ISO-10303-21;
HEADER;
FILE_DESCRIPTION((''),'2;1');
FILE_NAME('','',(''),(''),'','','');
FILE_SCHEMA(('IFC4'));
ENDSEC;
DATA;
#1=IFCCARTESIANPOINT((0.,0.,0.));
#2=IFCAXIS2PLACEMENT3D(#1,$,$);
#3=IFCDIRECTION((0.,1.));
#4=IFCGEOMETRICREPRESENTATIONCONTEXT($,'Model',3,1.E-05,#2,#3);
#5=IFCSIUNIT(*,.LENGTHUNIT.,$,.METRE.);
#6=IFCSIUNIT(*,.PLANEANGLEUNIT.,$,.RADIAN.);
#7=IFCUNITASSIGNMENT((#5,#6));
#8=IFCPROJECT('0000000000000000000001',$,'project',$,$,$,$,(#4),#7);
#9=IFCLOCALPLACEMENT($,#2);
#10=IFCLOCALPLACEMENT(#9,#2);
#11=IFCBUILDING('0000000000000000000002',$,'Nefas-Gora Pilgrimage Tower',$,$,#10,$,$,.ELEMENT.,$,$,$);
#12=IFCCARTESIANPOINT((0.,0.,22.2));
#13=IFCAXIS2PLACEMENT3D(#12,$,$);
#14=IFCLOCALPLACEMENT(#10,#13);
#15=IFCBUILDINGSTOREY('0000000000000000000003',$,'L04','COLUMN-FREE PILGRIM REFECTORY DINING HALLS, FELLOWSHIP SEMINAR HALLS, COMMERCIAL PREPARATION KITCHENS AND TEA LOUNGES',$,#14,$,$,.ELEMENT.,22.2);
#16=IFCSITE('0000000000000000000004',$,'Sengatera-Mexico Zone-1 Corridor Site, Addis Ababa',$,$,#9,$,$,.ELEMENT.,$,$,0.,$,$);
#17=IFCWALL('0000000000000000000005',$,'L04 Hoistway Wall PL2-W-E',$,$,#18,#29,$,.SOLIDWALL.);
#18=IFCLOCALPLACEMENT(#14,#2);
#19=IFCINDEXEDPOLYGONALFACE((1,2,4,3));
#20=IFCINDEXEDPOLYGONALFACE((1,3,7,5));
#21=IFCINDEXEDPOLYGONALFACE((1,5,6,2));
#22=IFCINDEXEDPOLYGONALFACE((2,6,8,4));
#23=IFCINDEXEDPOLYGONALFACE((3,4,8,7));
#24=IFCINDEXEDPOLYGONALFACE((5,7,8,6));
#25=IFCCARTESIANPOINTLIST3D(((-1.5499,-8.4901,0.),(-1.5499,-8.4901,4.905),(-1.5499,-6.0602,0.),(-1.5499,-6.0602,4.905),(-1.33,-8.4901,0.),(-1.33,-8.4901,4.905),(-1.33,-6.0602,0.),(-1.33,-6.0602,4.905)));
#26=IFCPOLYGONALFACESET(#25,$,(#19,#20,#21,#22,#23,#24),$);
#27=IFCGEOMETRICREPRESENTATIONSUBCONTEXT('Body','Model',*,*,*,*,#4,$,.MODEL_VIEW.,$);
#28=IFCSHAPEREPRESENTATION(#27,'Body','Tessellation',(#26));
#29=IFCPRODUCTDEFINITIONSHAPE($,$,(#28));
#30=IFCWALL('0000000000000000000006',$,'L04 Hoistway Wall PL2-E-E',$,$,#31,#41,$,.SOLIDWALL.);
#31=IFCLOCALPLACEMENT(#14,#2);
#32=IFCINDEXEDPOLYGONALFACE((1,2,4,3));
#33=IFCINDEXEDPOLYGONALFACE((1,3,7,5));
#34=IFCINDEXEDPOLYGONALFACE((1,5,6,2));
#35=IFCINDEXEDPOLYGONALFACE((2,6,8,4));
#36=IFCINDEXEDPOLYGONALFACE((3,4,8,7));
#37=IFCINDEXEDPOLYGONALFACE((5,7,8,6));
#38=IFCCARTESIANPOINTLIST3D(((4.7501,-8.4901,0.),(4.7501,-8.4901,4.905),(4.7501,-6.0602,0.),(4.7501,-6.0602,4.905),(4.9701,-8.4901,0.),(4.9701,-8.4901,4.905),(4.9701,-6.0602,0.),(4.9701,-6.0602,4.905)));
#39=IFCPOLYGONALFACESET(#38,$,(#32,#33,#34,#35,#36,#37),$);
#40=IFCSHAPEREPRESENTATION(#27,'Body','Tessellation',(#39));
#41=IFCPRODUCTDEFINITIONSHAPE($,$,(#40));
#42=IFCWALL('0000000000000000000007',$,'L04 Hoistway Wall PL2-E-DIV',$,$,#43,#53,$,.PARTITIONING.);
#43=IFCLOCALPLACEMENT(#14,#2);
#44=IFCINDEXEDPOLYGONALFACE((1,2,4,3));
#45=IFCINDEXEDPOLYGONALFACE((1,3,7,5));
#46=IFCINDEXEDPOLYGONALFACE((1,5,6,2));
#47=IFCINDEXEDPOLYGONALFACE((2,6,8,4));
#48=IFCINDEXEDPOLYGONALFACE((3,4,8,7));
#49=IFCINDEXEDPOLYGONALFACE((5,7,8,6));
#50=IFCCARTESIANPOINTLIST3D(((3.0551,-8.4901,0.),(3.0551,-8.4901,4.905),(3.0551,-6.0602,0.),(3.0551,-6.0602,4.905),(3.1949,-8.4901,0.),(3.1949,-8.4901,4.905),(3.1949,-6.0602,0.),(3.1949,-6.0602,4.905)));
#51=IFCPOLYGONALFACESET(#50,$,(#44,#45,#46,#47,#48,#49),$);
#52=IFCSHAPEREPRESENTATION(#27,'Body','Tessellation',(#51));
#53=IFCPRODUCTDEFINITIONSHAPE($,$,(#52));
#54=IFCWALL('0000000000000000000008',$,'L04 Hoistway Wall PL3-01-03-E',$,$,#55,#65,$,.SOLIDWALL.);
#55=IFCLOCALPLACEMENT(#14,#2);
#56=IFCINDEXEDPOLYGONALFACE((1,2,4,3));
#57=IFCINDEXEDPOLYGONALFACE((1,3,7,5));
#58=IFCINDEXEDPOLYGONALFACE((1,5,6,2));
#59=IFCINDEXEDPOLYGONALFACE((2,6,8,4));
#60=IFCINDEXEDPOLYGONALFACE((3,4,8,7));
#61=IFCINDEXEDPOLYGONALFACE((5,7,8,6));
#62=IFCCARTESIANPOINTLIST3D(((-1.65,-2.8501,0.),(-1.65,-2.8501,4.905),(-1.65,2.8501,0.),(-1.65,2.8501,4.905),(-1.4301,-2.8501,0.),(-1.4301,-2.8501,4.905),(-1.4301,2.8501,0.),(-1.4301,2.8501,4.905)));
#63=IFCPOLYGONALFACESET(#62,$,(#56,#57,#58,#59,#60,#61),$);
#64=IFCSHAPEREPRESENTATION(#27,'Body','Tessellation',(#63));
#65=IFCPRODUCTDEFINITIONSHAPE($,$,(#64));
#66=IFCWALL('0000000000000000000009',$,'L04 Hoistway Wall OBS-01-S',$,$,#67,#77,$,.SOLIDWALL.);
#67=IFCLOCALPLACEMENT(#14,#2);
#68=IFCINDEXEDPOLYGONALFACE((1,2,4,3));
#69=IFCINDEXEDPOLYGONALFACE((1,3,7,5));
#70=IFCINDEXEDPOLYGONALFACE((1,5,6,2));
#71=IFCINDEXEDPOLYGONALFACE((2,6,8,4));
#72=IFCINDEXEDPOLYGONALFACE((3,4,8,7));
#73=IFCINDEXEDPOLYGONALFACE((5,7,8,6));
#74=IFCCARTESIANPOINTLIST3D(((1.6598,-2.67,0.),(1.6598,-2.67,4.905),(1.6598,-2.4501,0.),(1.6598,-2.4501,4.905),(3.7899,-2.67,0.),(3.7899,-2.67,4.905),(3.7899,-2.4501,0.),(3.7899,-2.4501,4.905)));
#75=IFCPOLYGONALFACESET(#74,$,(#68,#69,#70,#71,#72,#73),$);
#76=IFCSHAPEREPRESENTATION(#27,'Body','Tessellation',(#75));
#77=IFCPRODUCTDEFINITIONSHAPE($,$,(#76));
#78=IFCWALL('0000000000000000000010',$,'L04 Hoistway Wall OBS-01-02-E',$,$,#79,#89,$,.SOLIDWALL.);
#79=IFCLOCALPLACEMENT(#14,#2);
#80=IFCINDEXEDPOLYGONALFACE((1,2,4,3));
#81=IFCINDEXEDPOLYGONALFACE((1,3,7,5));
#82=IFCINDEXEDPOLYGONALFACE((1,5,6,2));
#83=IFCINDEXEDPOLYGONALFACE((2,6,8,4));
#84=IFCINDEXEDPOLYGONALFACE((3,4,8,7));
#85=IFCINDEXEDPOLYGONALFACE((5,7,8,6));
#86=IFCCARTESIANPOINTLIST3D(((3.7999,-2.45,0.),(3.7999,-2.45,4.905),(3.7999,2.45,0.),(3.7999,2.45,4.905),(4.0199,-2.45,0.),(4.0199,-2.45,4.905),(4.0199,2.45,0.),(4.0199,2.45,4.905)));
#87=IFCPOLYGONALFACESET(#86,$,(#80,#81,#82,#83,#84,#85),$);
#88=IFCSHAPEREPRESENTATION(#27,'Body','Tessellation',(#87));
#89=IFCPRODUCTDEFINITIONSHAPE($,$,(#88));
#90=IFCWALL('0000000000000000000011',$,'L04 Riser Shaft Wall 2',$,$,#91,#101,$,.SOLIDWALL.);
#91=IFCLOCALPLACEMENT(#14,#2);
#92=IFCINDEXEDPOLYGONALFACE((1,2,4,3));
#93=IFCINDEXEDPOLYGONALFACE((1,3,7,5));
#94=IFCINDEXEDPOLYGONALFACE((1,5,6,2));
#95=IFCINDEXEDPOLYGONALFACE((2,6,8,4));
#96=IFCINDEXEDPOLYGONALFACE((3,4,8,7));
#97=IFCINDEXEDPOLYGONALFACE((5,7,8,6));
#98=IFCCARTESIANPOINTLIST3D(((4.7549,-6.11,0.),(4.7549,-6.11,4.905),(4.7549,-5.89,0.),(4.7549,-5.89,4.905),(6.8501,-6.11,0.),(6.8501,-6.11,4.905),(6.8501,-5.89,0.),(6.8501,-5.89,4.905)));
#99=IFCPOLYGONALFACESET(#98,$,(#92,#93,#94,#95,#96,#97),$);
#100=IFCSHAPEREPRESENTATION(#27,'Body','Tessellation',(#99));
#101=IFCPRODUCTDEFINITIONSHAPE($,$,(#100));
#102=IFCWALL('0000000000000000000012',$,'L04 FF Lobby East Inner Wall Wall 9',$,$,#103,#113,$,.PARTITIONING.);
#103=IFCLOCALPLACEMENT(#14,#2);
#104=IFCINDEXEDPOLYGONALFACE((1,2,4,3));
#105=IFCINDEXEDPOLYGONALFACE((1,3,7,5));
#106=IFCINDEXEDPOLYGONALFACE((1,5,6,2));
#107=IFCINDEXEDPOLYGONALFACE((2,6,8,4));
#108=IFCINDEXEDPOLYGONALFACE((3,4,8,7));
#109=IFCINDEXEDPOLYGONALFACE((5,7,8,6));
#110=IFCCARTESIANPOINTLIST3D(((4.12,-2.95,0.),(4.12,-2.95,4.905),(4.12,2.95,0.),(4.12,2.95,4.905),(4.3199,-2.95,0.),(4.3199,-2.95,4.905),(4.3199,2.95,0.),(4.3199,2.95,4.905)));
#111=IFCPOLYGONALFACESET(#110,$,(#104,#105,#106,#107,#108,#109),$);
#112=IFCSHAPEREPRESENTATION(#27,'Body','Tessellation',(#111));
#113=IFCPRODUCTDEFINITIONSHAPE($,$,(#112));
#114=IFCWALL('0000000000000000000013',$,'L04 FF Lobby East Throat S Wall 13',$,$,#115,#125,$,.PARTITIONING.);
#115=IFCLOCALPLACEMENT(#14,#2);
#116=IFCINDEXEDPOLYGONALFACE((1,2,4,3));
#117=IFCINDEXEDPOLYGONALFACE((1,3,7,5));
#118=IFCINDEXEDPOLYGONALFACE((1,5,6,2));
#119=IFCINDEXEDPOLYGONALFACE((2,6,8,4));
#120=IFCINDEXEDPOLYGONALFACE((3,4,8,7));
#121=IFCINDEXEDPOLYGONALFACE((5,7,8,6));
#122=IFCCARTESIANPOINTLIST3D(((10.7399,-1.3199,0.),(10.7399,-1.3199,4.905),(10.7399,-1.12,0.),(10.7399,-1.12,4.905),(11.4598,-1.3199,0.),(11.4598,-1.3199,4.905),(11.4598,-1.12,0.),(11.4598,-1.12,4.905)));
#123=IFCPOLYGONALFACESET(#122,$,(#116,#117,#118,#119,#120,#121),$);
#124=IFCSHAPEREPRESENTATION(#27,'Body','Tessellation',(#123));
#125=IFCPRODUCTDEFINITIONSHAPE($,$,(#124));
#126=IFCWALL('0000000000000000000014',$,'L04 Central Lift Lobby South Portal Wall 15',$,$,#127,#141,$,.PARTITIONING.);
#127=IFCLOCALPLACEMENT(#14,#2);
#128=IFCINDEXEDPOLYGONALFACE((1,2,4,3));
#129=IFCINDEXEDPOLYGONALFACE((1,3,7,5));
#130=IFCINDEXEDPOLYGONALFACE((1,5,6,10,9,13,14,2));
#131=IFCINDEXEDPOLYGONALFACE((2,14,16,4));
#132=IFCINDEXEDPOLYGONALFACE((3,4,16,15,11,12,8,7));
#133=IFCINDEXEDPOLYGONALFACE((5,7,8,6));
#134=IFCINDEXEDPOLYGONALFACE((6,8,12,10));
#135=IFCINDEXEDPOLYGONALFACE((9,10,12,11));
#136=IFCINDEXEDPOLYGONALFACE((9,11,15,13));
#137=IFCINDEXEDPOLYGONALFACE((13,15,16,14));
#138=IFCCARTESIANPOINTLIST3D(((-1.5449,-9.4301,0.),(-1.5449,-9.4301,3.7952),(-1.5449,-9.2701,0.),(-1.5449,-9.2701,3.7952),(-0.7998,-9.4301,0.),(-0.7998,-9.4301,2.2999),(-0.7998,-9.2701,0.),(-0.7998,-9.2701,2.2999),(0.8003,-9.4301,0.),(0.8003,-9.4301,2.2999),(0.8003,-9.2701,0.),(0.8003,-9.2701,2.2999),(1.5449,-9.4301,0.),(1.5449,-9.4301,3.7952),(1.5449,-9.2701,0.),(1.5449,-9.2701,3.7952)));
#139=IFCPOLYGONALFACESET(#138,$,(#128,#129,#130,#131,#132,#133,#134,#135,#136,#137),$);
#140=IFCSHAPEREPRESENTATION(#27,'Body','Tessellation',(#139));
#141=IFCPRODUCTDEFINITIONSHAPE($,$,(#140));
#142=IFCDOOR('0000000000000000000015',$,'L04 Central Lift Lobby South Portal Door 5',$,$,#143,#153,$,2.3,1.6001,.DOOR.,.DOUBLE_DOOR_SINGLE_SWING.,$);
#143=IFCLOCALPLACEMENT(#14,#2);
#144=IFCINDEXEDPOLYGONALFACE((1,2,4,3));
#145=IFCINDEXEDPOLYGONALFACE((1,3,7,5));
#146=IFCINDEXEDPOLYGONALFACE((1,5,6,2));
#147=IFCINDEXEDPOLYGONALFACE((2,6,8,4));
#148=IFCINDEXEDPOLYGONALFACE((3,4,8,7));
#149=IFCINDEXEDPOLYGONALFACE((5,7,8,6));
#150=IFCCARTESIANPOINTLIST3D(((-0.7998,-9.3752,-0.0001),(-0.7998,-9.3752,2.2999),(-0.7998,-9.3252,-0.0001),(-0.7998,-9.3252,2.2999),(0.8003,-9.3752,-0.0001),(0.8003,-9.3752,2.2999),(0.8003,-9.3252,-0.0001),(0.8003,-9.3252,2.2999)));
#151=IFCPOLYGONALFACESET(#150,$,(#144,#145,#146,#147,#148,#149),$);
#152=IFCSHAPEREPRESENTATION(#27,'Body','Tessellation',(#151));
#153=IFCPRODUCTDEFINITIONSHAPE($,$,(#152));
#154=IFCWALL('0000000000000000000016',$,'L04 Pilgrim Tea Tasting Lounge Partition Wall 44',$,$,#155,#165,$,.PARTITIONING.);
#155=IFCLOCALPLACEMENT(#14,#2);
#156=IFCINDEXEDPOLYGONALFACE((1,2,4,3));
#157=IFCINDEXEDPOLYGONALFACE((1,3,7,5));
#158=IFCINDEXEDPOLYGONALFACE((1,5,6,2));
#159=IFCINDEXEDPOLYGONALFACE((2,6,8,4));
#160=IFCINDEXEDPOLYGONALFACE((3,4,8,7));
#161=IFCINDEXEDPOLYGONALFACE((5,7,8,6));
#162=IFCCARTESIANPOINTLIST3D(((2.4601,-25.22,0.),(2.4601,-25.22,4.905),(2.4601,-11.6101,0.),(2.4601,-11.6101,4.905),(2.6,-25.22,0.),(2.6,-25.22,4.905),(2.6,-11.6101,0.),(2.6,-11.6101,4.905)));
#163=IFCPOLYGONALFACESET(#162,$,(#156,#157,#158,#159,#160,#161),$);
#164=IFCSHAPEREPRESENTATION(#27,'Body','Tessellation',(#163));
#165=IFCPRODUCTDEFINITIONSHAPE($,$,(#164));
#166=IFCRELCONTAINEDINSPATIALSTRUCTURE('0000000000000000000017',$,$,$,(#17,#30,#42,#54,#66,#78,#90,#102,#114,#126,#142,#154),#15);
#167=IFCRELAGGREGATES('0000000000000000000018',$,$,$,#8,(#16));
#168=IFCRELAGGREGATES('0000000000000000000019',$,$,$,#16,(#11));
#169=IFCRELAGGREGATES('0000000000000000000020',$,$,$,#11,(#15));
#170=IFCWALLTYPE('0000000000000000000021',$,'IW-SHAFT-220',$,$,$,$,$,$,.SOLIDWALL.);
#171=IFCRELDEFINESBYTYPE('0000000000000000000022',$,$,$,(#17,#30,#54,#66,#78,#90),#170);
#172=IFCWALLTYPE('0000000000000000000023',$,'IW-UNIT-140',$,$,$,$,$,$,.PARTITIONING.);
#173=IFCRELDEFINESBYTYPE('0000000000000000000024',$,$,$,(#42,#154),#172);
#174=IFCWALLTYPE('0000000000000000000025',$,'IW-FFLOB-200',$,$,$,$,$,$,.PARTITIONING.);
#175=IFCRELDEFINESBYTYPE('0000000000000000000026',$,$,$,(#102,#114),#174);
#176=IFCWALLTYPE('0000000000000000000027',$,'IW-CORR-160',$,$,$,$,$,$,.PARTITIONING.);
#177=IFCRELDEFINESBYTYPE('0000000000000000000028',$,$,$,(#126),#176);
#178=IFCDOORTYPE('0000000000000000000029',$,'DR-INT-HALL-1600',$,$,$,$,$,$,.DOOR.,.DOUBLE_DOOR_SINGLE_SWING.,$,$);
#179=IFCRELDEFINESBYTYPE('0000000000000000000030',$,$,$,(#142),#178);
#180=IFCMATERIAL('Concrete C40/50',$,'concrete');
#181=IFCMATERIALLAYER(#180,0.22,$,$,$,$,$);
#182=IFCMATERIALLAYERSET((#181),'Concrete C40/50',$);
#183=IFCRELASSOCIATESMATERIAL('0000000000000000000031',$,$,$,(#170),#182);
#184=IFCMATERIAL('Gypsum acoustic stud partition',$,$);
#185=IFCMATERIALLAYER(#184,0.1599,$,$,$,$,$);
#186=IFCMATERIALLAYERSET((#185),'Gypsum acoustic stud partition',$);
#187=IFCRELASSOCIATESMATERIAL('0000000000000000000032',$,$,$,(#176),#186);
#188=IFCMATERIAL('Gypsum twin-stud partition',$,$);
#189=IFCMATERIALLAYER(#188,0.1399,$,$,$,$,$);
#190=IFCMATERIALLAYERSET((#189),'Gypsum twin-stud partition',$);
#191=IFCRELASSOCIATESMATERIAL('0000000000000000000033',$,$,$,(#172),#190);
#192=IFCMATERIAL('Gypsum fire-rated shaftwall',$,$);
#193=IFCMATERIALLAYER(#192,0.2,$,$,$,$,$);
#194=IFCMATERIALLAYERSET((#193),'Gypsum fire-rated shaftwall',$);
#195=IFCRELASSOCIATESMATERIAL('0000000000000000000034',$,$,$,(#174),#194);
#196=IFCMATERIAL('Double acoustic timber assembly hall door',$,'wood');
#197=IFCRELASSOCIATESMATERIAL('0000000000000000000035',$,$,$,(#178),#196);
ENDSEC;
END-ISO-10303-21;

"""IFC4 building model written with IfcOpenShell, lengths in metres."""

from ifc_helpers import new_model, si_unit, direction, frame, frame_2d, origin, place, context, subcontext, project, spatial, rectangle, extrude, source, transform, mapped, material, layer, layer_set, type_object, element, fill, save


model = new_model("IFC4")

# Units and contexts
model_context = context("Model", 3, precision=1e-05, world=origin(), true_north=direction((0.0, 1.0)))
body_context = subcontext(model_context, "Body", "Model", "MODEL_VIEW")
ifc_project = project(units=[si_unit("LENGTHUNIT", "METRE"), si_unit("PLANEANGLEUNIT", "RADIAN")], contexts=[model_context])

# Site, building, storey
site_placement = place(None, origin())
site = spatial("IfcSite", under=ifc_project, at=site_placement, Name="Sengatera-Mexico Zone-1 Corridor Site, Addis Ababa", CompositionType="ELEMENT", RefElevation=0.0)
building_placement = place(site_placement, origin())
building = spatial("IfcBuilding", under=site, at=building_placement, Name="Nefas-Gora Pilgrimage Tower", CompositionType="ELEMENT")
storey_placement = place(building_placement, frame((0.0, 0.0, 22.2)))
storey = spatial("IfcBuildingStorey", under=building, at=storey_placement, Name="L04", Description="COLUMN-FREE PILGRIM REFECTORY DINING HALLS, FELLOWSHIP SEMINAR HALLS, COMMERCIAL PREPARATION KITCHENS AND TEA LOUNGES", CompositionType="ELEMENT", Elevation=22.2)

# Shared definitions
ifc_material_1 = material(Name="Concrete C40/50", Category="concrete")
ifc_layer_1 = layer(ifc_material_1, 0.22)
ifc_layer_set_1 = layer_set([ifc_layer_1], Name="Concrete C40/50")
wall_type_1 = type_object("IfcWallType", Name="IW-SHAFT-220", PredefinedType="SOLIDWALL", material=ifc_layer_set_1)

# Walls
ifc_material_2 = material(Name="Gypsum acoustic stud partition")
ifc_layer_2 = layer(ifc_material_2, 0.1599)
ifc_layer_set_2 = layer_set([ifc_layer_2], Name="Gypsum acoustic stud partition")
wall_type_2 = type_object("IfcWallType", Name="IW-CORR-160", PredefinedType="PARTITIONING", material=ifc_layer_set_2)
shared_shape_1 = source(origin(), body_context, "Body", "SweptSolid", [
    extrude(rectangle(XDim=2.4299, YDim=0.22, at=frame_2d((1.2148, 0.0))), origin(), (0.0, 0.0, 1.0), 4.905),
])
for number, where, z_axis, x_axis, name in (
    (1, (-1.4399, -8.49, 0.0), (0.0, 0.0, 1.0), (0.0, 1.0, 0.0), "L04 Hoistway Wall PL2-W-E"),
    (2, (4.8601, -8.49, 0.0), (0.0, 0.0, 1.0), (0.0, 1.0, 0.0), "L04 Hoistway Wall PL2-E-E"),
):
    element("IfcWall", number, at=place(storey_placement, frame(where, z_axis=z_axis, x_axis=x_axis)), inside=storey, type_object=wall_type_1, Name=name, PredefinedType="SOLIDWALL", context=body_context, shape_type="MappedRepresentation", body=[
        mapped(shared_shape_1, transform((0.0, 0.0, 0.0), x_axis=(1.0, 0.0, 0.0), y_axis=(0.0, 1.0, 0.0), z_axis=(0.0, 0.0, 1.0), scale=1.0)),
    ])
ifc_material_3 = material(Name="Gypsum twin-stud partition")
ifc_layer_3 = layer(ifc_material_3, 0.1399)
ifc_layer_set_3 = layer_set([ifc_layer_3], Name="Gypsum twin-stud partition")
wall_type_3 = type_object("IfcWallType", Name="IW-UNIT-140", PredefinedType="PARTITIONING", material=ifc_layer_set_3)
shared_shape_2 = source(origin(), body_context, "Body", "SweptSolid", [
    extrude(rectangle(XDim=2.4299, YDim=0.1399, at=frame_2d((1.2148, 0.0))), origin(), (0.0, 0.0, 1.0), 4.905),
])
wall_1_placement = place(storey_placement, frame((3.125, -8.49, 0.0), z_axis=(0.0, 0.0, 1.0), x_axis=(0.0, 1.0, 0.0)))
element("IfcWall", 3, at=wall_1_placement, inside=storey, type_object=wall_type_3, Name="L04 Hoistway Wall PL2-E-DIV", PredefinedType="PARTITIONING", context=body_context, shape_type="MappedRepresentation", body=[
    mapped(shared_shape_2, transform((0.0, 0.0, 0.0), x_axis=(1.0, 0.0, 0.0), y_axis=(0.0, 1.0, 0.0), z_axis=(0.0, 0.0, 1.0), scale=1.0)),
])
shared_shape_3 = source(origin(), body_context, "Body", "SweptSolid", [
    extrude(rectangle(XDim=5.7002, YDim=0.22, at=frame_2d((2.8501, 0.0))), origin(), (0.0, 0.0, 1.0), 4.905),
])
wall_2_placement = place(storey_placement, frame((-1.54, -2.8501, 0.0), z_axis=(0.0, 0.0, 1.0), x_axis=(0.0, 1.0, 0.0)))
element("IfcWall", 4, at=wall_2_placement, inside=storey, type_object=wall_type_1, Name="L04 Hoistway Wall PL3-01-03-E", PredefinedType="SOLIDWALL", context=body_context, shape_type="MappedRepresentation", body=[
    mapped(shared_shape_3, transform((0.0, 0.0, 0.0), x_axis=(1.0, 0.0, 0.0), y_axis=(0.0, 1.0, 0.0), z_axis=(0.0, 0.0, 1.0), scale=1.0)),
])
shared_shape_4 = source(origin(), body_context, "Body", "SweptSolid", [
    extrude(rectangle(XDim=2.1301, YDim=0.22, at=frame_2d((1.0649, 0.0))), origin(), (0.0, 0.0, 1.0), 4.905),
])
wall_3_placement = place(storey_placement, frame((1.6599, -2.5601, 0.0), z_axis=(0.0, 0.0, 1.0), x_axis=(1.0, 0.0, 0.0)))
element("IfcWall", 5, at=wall_3_placement, inside=storey, type_object=wall_type_1, Name="L04 Hoistway Wall OBS-01-S", PredefinedType="SOLIDWALL", context=body_context, shape_type="MappedRepresentation", body=[
    mapped(shared_shape_4, transform((0.0, 0.0, 0.0), x_axis=(1.0, 0.0, 0.0), y_axis=(0.0, 1.0, 0.0), z_axis=(0.0, 0.0, 1.0), scale=1.0)),
])
shared_shape_5 = source(origin(), body_context, "Body", "SweptSolid", [
    extrude(rectangle(XDim=4.8999, YDim=0.22, at=frame_2d((2.45, 0.0))), origin(), (0.0, 0.0, 1.0), 4.905),
])
wall_4_placement = place(storey_placement, frame((3.9099, -2.45, 0.0), z_axis=(0.0, 0.0, 1.0), x_axis=(0.0, 1.0, 0.0)))
element("IfcWall", 6, at=wall_4_placement, inside=storey, type_object=wall_type_1, Name="L04 Hoistway Wall OBS-01-02-E", PredefinedType="SOLIDWALL", context=body_context, shape_type="MappedRepresentation", body=[
    mapped(shared_shape_5, transform((0.0, 0.0, 0.0), x_axis=(1.0, 0.0, 0.0), y_axis=(0.0, 1.0, 0.0), z_axis=(0.0, 0.0, 1.0), scale=1.0)),
])
shared_shape_6 = source(origin(), body_context, "Body", "SweptSolid", [
    extrude(rectangle(XDim=2.0952, YDim=0.22, at=frame_2d((1.0476, 0.0))), origin(), (0.0, 0.0, 1.0), 4.905),
])
wall_5_placement = place(storey_placement, frame((4.7549, -6.0, 0.0), z_axis=(0.0, 0.0, 1.0), x_axis=(1.0, 0.0, 0.0)))
element("IfcWall", 7, at=wall_5_placement, inside=storey, type_object=wall_type_1, Name="L04 Riser Shaft Wall 2", PredefinedType="SOLIDWALL", context=body_context, shape_type="MappedRepresentation", body=[
    mapped(shared_shape_6, transform((0.0, 0.0, 0.0), x_axis=(1.0, 0.0, 0.0), y_axis=(0.0, 1.0, 0.0), z_axis=(0.0, 0.0, 1.0), scale=1.0)),
])
ifc_material_4 = material(Name="Gypsum fire-rated shaftwall")
ifc_layer_4 = layer(ifc_material_4, 0.2)
ifc_layer_set_4 = layer_set([ifc_layer_4], Name="Gypsum fire-rated shaftwall")
wall_type_4 = type_object("IfcWallType", Name="IW-FFLOB-200", PredefinedType="PARTITIONING", material=ifc_layer_set_4)
shared_shape_7 = source(origin(), body_context, "Body", "SweptSolid", [
    extrude(rectangle(XDim=5.8999, YDim=0.2, at=frame_2d((2.95, 0.0))), origin(), (0.0, 0.0, 1.0), 4.905),
])
wall_6_placement = place(storey_placement, frame((4.22, -2.95, 0.0), z_axis=(0.0, 0.0, 1.0), x_axis=(0.0, 1.0, 0.0)))
element("IfcWall", 8, at=wall_6_placement, inside=storey, type_object=wall_type_4, Name="L04 FF Lobby East Inner Wall Wall 9", PredefinedType="PARTITIONING", context=body_context, shape_type="MappedRepresentation", body=[
    mapped(shared_shape_7, transform((0.0, 0.0, 0.0), x_axis=(1.0, 0.0, 0.0), y_axis=(0.0, 1.0, 0.0), z_axis=(0.0, 0.0, 1.0), scale=1.0)),
])
shared_shape_8 = source(origin(), body_context, "Body", "SweptSolid", [
    extrude(rectangle(XDim=0.72, YDim=0.2, at=frame_2d((0.3599, 0.0))), origin(), (0.0, 0.0, 1.0), 4.905),
])
wall_7_placement = place(storey_placement, frame((10.74, -1.22, 0.0), z_axis=(0.0, 0.0, 1.0), x_axis=(1.0, 0.0, 0.0)))
element("IfcWall", 9, at=wall_7_placement, inside=storey, type_object=wall_type_4, Name="L04 FF Lobby East Throat S Wall 13", PredefinedType="PARTITIONING", context=body_context, shape_type="MappedRepresentation", body=[
    mapped(shared_shape_8, transform((0.0, 0.0, 0.0), x_axis=(1.0, 0.0, 0.0), y_axis=(0.0, 1.0, 0.0), z_axis=(0.0, 0.0, 1.0), scale=1.0)),
])

# Wall, opening, door
shared_shape_9 = source(origin(), body_context, "Body", "SweptSolid", [
    extrude(rectangle(XDim=3.0898, YDim=0.1599, at=frame_2d((1.5449, 0.0))), origin(), (0.0, 0.0, 1.0), 3.7952),
])
wall_8_placement = place(storey_placement, frame((-1.5449, -9.3501, 0.0), z_axis=(0.0, 0.0, 1.0), x_axis=(1.0, 0.0, 0.0)))
wall_8 = element("IfcWall", 10, at=wall_8_placement, inside=storey, type_object=wall_type_2, Name="L04 Central Lift Lobby South Portal Wall 15", PredefinedType="PARTITIONING", context=body_context, shape_type="MappedRepresentation", body=[
    mapped(shared_shape_9, transform((0.0, 0.0, 0.0), x_axis=(1.0, 0.0, 0.0), y_axis=(0.0, 1.0, 0.0), z_axis=(0.0, 0.0, 1.0), scale=1.0)),
])
opening_1_placement = place(wall_8_placement, frame((0.7451, 0.0, 0.0)))
opening_1 = element("IfcOpeningElement", 11, at=opening_1_placement, cuts=wall_8, PredefinedType="OPENING", context=body_context, shape_type="SweptSolid", body=[
    extrude(rectangle(XDim=1.6001, YDim=2.3, at=frame_2d((0.8, 1.1499))), frame((0.0, 0.0898, 0.0), z_axis=(0.0, -1.0, 0.0), x_axis=(1.0, 0.0, 0.0)), (0.0, 0.0, 1.0), 0.1799),
])
ifc_material_5 = material(Name="Double acoustic timber assembly hall door", Category="wood")
door_type_1 = type_object("IfcDoorType", Name="DR-INT-HALL-1600", OperationType="DOUBLE_DOOR_SINGLE_SWING", PredefinedType="DOOR", material=ifc_material_5)
shared_shape_10 = source(origin(), body_context, "Body", "SweptSolid", [
    extrude(rectangle(XDim=1.6001, YDim=2.3, at=frame_2d((0.8, 1.1499))), frame((0.0, 0.0249, 0.0), z_axis=(0.0, -1.0, 0.0), x_axis=(1.0, 0.0, 0.0)), (0.0, 0.0, 1.0), 0.05),
])
door_1_placement = place(opening_1_placement, origin())
door_1 = element("IfcDoor", 12, at=door_1_placement, inside=storey, type_object=door_type_1, Name="L04 Central Lift Lobby South Portal Door 5", OperationType="DOUBLE_DOOR_SINGLE_SWING", OverallHeight=2.3, OverallWidth=1.6001, PredefinedType="DOOR", context=body_context, shape_type="MappedRepresentation", body=[
    mapped(shared_shape_10, transform((0.0, 0.0, 0.0), x_axis=(1.0, 0.0, 0.0), y_axis=(0.0, 1.0, 0.0), z_axis=(0.0, 0.0, 1.0), scale=1.0)),
])
fill(opening_1, door_1)

# Wall
shared_shape_11 = source(origin(), body_context, "Body", "SweptSolid", [
    extrude(rectangle(XDim=13.6099, YDim=0.1399, at=frame_2d((6.8049, 0.0))), origin(), (0.0, 0.0, 1.0), 4.905),
])
wall_9_placement = place(storey_placement, frame((2.53, -25.22, 0.0), z_axis=(0.0, 0.0, 1.0), x_axis=(0.0, 1.0, 0.0)))
element("IfcWall", 13, at=wall_9_placement, inside=storey, type_object=wall_type_3, Name="L04 Pilgrim Tea Tasting Lounge Partition Wall 44", PredefinedType="PARTITIONING", context=body_context, shape_type="MappedRepresentation", body=[
    mapped(shared_shape_11, transform((0.0, 0.0, 0.0), x_axis=(1.0, 0.0, 0.0), y_axis=(0.0, 1.0, 0.0), z_axis=(0.0, 0.0, 1.0), scale=1.0)),
])

save(model, "model.ifc")
